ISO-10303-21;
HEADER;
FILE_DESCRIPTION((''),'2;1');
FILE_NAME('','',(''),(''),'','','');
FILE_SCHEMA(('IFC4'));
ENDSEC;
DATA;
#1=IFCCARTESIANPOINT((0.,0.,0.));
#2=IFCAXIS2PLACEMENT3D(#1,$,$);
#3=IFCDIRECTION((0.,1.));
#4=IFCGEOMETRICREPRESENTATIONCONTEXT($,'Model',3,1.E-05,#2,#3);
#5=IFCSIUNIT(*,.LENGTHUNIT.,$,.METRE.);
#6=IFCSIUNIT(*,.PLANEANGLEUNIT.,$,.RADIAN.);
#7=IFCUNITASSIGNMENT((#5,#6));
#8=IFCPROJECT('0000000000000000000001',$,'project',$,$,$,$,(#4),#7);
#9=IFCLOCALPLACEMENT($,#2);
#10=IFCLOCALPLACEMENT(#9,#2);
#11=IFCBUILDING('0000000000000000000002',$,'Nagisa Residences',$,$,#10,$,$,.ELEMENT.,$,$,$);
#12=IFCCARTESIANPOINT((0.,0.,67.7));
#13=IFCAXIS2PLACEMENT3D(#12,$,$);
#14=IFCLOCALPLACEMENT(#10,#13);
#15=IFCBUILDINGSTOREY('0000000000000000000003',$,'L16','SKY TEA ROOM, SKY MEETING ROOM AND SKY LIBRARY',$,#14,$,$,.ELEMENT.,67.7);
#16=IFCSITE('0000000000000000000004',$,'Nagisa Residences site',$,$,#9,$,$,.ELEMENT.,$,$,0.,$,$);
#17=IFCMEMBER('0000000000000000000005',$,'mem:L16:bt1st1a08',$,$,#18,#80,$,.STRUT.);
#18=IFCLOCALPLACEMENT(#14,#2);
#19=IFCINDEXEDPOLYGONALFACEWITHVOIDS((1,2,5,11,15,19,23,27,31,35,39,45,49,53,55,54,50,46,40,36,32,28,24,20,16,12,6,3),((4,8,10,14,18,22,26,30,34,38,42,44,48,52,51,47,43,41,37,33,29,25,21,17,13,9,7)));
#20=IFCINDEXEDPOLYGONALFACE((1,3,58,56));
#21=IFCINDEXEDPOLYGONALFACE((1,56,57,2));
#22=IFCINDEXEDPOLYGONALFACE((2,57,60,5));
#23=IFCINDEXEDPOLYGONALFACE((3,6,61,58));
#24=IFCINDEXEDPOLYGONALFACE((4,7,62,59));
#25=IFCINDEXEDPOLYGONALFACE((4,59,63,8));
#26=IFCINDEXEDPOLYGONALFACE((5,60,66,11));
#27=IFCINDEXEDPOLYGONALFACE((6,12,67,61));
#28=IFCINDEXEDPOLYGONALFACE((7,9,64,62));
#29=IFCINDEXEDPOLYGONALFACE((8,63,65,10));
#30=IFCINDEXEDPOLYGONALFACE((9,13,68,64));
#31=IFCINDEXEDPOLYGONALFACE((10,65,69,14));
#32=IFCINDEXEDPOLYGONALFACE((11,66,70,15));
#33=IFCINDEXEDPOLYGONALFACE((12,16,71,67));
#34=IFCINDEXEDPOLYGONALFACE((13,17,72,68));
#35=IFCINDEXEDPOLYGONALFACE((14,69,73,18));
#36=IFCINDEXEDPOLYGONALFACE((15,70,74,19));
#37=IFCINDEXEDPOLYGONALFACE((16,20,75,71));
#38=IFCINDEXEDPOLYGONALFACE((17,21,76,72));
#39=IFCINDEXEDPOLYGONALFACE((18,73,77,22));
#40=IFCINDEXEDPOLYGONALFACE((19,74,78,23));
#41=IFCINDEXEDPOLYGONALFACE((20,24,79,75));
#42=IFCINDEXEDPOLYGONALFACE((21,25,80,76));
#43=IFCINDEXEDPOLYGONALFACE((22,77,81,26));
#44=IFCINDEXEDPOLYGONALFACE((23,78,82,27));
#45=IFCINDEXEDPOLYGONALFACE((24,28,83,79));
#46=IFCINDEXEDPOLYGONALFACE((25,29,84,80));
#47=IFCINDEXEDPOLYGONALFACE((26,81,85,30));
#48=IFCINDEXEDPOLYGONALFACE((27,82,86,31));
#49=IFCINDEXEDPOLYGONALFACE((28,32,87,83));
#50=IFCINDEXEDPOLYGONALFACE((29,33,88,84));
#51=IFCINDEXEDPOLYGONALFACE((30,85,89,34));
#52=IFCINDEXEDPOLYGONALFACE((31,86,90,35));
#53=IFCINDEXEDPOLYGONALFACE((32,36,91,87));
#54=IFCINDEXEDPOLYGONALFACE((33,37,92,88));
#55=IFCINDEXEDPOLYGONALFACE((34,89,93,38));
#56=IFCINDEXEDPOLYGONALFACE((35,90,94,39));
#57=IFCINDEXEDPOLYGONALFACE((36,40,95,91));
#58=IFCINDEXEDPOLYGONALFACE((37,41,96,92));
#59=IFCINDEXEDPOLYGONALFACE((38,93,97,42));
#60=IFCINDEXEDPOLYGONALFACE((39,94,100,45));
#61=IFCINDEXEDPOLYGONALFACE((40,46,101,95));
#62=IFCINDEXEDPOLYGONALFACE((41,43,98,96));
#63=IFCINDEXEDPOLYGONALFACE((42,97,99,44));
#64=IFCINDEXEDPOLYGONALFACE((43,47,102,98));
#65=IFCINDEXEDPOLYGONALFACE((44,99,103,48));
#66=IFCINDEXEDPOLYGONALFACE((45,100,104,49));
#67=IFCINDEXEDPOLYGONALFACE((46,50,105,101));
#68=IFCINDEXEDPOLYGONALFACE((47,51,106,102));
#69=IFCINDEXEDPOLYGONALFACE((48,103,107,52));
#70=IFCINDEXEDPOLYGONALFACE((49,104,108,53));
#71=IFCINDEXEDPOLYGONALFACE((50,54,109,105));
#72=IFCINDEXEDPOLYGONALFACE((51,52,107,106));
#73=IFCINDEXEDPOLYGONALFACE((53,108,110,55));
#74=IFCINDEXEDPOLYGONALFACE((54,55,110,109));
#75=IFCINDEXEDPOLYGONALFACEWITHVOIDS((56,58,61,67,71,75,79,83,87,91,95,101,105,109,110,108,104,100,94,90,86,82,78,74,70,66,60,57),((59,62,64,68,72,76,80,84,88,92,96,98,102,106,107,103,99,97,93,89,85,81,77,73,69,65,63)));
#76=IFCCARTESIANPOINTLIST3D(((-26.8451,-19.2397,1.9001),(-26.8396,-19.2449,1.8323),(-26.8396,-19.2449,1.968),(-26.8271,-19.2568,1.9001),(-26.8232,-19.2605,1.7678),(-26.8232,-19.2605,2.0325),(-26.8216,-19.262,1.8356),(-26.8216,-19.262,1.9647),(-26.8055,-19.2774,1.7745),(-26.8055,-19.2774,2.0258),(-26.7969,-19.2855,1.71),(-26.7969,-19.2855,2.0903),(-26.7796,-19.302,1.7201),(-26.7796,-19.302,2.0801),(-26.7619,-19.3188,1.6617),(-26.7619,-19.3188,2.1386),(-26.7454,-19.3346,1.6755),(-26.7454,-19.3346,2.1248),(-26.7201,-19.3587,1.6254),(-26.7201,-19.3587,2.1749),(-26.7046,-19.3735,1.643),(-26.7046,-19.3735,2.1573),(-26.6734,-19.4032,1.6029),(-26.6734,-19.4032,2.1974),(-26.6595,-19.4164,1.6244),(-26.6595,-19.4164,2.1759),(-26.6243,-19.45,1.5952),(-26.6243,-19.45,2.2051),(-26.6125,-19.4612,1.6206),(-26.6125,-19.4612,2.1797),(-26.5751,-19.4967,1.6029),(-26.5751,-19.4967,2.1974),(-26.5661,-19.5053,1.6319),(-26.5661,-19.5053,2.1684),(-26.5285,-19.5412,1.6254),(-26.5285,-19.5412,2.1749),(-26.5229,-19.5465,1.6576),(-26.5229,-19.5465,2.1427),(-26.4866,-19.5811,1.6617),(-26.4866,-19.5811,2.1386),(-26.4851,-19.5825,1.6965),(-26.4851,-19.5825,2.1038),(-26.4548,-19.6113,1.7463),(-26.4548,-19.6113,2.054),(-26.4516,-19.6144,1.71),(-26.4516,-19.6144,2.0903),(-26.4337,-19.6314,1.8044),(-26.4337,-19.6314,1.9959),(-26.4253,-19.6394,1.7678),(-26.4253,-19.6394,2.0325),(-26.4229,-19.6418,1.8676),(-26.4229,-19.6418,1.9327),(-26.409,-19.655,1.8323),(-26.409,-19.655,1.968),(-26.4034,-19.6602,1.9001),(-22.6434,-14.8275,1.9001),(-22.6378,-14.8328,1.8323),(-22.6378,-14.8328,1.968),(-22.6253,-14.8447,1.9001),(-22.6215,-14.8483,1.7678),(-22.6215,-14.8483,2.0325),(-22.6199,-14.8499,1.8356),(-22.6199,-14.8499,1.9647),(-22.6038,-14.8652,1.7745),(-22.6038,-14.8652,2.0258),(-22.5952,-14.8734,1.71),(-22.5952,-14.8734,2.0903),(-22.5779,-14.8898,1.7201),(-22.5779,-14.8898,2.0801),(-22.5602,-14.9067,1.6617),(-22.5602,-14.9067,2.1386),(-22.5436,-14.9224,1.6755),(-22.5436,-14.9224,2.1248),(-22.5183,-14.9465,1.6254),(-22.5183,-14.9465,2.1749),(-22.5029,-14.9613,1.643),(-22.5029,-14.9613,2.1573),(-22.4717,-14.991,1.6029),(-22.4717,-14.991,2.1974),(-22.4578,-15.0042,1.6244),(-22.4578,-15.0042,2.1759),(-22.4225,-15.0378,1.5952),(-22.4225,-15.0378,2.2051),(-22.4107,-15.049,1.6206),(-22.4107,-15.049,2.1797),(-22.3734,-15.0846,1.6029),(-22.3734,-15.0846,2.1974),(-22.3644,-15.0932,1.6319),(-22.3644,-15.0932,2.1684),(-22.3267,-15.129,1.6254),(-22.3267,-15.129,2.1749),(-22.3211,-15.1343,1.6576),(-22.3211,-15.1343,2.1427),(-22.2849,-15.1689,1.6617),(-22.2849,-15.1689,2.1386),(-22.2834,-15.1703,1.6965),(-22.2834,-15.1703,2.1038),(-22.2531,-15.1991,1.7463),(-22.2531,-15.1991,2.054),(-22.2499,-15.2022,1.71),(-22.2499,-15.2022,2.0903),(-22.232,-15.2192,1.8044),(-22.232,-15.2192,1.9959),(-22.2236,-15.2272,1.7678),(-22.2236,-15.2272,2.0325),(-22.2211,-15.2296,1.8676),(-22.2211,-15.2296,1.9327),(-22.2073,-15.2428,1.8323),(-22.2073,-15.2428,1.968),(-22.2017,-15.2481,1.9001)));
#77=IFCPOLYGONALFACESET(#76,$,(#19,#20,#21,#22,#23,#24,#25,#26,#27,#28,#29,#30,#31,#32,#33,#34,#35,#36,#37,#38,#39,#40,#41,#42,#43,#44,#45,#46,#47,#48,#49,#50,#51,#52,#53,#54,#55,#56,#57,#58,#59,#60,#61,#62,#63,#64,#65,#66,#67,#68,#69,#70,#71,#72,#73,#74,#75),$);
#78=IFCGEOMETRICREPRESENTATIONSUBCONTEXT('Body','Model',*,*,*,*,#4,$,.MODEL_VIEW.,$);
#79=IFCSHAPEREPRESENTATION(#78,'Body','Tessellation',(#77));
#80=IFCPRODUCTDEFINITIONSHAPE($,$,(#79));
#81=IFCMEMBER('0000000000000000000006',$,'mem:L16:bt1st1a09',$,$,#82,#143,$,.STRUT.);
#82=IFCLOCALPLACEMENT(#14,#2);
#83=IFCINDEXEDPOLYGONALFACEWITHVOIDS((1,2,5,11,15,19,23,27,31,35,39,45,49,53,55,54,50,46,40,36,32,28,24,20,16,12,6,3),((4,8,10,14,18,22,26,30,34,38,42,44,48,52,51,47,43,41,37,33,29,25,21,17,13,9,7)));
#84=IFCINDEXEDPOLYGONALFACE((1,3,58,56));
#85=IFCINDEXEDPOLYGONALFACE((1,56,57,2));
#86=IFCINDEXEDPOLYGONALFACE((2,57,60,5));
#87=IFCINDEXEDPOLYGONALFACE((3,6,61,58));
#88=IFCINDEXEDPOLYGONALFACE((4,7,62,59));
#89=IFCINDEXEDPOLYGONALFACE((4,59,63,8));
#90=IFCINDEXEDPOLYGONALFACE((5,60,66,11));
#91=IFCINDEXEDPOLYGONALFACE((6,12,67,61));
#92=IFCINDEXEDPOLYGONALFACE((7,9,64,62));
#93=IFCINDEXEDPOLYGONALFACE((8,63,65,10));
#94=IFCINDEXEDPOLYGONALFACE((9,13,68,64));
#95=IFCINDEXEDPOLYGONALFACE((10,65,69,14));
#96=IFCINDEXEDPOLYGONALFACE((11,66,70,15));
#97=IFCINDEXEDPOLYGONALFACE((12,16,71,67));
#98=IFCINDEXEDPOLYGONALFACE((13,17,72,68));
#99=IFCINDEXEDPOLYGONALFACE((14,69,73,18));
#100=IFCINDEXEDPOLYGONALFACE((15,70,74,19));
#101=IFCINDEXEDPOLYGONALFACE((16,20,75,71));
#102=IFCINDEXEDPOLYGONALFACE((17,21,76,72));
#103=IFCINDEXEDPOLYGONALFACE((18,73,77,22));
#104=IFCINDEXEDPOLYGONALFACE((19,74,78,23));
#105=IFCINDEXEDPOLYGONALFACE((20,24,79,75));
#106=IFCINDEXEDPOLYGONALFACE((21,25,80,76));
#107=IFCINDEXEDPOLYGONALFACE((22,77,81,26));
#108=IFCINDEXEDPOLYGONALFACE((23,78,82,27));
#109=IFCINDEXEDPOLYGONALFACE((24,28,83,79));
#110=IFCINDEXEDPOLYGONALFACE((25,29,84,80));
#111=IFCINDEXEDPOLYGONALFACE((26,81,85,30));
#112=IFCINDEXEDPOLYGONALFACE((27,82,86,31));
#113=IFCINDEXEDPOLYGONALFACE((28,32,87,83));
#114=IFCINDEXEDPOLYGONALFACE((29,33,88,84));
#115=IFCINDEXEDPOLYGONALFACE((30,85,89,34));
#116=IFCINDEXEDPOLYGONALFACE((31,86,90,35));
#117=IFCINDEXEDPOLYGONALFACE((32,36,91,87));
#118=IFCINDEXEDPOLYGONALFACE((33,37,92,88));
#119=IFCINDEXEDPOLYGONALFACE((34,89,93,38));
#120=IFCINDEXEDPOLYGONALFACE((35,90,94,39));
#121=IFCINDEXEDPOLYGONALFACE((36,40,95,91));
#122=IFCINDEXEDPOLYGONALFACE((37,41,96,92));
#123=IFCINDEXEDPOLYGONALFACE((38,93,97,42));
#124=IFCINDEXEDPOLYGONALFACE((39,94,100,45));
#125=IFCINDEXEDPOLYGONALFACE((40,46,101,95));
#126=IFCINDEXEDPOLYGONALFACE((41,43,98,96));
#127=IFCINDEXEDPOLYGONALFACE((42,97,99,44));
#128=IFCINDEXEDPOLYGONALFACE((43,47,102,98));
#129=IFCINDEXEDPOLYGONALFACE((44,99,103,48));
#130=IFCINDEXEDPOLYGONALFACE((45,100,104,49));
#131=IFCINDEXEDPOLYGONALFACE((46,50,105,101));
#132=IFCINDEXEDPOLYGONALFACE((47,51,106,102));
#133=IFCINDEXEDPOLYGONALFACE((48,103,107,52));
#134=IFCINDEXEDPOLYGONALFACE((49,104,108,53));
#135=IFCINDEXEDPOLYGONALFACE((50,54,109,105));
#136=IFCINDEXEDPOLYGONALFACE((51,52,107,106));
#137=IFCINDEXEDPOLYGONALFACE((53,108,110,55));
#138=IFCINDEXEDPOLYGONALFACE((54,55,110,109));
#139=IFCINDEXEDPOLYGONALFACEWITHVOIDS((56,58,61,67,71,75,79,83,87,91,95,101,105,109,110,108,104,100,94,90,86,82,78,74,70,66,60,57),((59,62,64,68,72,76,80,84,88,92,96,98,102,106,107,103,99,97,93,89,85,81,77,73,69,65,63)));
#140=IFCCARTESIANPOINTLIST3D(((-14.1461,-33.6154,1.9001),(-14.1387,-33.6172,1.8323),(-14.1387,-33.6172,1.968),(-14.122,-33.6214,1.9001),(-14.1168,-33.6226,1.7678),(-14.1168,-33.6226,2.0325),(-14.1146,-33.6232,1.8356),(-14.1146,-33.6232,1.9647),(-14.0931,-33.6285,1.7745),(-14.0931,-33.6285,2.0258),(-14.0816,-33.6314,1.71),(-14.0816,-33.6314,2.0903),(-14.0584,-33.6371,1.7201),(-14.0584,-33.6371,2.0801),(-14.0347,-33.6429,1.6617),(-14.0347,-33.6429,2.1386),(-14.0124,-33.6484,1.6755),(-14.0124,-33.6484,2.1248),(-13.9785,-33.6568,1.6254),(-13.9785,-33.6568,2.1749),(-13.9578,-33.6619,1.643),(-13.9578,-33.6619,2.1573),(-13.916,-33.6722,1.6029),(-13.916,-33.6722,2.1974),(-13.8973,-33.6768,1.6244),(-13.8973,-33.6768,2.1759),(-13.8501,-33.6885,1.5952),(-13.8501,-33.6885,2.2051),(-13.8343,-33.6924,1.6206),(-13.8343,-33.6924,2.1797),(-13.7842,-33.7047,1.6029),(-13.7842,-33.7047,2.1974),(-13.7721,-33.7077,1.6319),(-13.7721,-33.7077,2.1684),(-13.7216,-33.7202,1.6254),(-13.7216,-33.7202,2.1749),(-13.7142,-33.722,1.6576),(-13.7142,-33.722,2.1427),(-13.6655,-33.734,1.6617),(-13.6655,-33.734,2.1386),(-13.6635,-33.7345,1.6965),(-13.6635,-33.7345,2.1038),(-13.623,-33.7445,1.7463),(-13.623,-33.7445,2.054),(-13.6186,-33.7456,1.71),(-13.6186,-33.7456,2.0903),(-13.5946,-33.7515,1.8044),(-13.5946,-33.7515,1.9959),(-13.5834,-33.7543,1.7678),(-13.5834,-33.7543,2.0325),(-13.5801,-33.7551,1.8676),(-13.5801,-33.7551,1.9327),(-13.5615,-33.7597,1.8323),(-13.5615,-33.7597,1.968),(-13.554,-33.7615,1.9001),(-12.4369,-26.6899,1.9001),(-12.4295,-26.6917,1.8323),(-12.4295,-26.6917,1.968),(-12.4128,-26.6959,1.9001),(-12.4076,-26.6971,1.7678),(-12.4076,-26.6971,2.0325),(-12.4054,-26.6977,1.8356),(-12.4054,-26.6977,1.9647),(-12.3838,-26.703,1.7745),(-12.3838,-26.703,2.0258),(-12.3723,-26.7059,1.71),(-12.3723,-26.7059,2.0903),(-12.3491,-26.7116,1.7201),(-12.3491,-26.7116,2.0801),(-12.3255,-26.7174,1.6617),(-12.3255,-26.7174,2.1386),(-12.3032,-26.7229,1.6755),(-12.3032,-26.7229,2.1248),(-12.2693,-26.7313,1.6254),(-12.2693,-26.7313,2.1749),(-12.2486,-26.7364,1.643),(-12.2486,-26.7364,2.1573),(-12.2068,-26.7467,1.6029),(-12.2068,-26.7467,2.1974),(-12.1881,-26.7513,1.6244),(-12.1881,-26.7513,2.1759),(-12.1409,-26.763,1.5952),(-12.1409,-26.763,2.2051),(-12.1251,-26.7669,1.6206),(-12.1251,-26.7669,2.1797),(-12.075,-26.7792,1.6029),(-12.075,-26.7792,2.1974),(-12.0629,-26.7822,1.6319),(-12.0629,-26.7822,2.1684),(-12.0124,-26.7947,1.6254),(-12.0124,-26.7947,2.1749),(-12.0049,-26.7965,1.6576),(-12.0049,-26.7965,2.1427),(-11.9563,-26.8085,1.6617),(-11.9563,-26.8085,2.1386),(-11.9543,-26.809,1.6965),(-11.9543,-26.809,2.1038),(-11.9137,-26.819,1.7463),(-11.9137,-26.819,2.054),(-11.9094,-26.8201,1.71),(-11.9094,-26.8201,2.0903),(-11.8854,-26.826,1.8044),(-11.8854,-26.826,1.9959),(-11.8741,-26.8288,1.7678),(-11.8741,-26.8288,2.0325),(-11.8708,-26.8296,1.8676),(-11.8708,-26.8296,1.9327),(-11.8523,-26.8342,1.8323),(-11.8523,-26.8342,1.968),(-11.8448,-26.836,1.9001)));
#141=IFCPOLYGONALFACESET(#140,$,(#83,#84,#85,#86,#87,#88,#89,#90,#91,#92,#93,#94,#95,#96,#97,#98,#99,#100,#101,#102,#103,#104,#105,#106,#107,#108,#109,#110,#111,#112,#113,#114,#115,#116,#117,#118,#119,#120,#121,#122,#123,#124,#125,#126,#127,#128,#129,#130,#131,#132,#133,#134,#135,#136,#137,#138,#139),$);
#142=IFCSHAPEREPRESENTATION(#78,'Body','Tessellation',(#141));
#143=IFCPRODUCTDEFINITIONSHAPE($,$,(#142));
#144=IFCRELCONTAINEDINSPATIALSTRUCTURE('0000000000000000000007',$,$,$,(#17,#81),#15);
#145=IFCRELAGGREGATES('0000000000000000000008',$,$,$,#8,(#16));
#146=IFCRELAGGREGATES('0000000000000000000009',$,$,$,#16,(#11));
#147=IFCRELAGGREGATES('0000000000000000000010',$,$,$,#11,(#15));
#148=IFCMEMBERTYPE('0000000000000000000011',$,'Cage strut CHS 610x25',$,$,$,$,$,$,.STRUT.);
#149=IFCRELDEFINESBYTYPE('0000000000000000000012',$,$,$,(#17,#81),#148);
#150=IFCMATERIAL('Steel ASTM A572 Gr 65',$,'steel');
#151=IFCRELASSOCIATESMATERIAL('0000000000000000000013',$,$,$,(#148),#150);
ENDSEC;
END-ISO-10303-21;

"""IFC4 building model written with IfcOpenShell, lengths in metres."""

from ifc_helpers import new_model, si_unit, direction, frame, origin, origin_2d, place, context, subcontext, project, spatial, hollow_circle, extrude, material, material_profile, profile_set, type_object, element, save


model = new_model("IFC4")

# Units and contexts
model_context = context("Model", 3, precision=1e-05, world=origin(), true_north=direction((0.0, 1.0)))
body_context = subcontext(model_context, "Body", "Model", "MODEL_VIEW")
ifc_project = project(units=[si_unit("LENGTHUNIT", "METRE"), si_unit("PLANEANGLEUNIT", "RADIAN")], contexts=[model_context])

# Site, building, storey
site_placement = place(None, origin())
site = spatial("IfcSite", under=ifc_project, at=site_placement, Name="Nagisa Residences site", CompositionType="ELEMENT", RefElevation=0.0)
building_placement = place(site_placement, origin())
building = spatial("IfcBuilding", under=site, at=building_placement, Name="Nagisa Residences", CompositionType="ELEMENT")
storey_placement = place(building_placement, frame((0.0, 0.0, 67.7)))
storey = spatial("IfcBuildingStorey", under=building, at=storey_placement, Name="L16", Description="SKY TEA ROOM, SKY MEETING ROOM AND SKY LIBRARY", CompositionType="ELEMENT", Elevation=67.7)

# Members
ifc_material_1 = material(Name="Steel ASTM A572 Gr 65", Category="steel")
ifc_material_profile_1 = material_profile(ifc_material_1, hollow_circle(Radius=0.3049, WallThickness=0.0249, at=origin_2d()), Name="CHS 610x25")
ifc_profile_set_1 = profile_set([ifc_material_profile_1], Name="Steel ASTM A572 Gr 65")
member_type_1 = type_object("IfcMemberType", Name="Cage strut CHS 610x25", PredefinedType="STRUT", material=ifc_profile_set_1)
member_1_placement = place(storey_placement, frame((-26.6243, -19.45, 1.9001), z_axis=(0.689625, 0.724167, 0.0), x_axis=(-0.724167, 0.689625, 0.0)))
element("IfcMember", 1, at=member_1_placement, inside=storey, type_object=member_type_1, Name="mem:L16:bt1st1a08", PredefinedType="STRUT", context=body_context, shape_type="SweptSolid", body=[
    extrude(hollow_circle(Radius=0.3049, WallThickness=0.0249, at=origin_2d()), origin(), (0.0, 0.0, 1.0), 6.0928),
])
member_2_placement = place(storey_placement, frame((-13.8501, -33.6885, 1.9001), z_axis=(0.239611, 0.970869, 0.0), x_axis=(-0.970869, 0.239611, 0.0)))
element("IfcMember", 2, at=member_2_placement, inside=storey, type_object=member_type_1, Name="mem:L16:bt1st1a09", PredefinedType="STRUT", context=body_context, shape_type="SweptSolid", body=[
    extrude(hollow_circle(Radius=0.3049, WallThickness=0.0249, at=origin_2d()), origin(), (0.0, 0.0, 1.0), 7.1333),
])

save(model, "model.ifc")
